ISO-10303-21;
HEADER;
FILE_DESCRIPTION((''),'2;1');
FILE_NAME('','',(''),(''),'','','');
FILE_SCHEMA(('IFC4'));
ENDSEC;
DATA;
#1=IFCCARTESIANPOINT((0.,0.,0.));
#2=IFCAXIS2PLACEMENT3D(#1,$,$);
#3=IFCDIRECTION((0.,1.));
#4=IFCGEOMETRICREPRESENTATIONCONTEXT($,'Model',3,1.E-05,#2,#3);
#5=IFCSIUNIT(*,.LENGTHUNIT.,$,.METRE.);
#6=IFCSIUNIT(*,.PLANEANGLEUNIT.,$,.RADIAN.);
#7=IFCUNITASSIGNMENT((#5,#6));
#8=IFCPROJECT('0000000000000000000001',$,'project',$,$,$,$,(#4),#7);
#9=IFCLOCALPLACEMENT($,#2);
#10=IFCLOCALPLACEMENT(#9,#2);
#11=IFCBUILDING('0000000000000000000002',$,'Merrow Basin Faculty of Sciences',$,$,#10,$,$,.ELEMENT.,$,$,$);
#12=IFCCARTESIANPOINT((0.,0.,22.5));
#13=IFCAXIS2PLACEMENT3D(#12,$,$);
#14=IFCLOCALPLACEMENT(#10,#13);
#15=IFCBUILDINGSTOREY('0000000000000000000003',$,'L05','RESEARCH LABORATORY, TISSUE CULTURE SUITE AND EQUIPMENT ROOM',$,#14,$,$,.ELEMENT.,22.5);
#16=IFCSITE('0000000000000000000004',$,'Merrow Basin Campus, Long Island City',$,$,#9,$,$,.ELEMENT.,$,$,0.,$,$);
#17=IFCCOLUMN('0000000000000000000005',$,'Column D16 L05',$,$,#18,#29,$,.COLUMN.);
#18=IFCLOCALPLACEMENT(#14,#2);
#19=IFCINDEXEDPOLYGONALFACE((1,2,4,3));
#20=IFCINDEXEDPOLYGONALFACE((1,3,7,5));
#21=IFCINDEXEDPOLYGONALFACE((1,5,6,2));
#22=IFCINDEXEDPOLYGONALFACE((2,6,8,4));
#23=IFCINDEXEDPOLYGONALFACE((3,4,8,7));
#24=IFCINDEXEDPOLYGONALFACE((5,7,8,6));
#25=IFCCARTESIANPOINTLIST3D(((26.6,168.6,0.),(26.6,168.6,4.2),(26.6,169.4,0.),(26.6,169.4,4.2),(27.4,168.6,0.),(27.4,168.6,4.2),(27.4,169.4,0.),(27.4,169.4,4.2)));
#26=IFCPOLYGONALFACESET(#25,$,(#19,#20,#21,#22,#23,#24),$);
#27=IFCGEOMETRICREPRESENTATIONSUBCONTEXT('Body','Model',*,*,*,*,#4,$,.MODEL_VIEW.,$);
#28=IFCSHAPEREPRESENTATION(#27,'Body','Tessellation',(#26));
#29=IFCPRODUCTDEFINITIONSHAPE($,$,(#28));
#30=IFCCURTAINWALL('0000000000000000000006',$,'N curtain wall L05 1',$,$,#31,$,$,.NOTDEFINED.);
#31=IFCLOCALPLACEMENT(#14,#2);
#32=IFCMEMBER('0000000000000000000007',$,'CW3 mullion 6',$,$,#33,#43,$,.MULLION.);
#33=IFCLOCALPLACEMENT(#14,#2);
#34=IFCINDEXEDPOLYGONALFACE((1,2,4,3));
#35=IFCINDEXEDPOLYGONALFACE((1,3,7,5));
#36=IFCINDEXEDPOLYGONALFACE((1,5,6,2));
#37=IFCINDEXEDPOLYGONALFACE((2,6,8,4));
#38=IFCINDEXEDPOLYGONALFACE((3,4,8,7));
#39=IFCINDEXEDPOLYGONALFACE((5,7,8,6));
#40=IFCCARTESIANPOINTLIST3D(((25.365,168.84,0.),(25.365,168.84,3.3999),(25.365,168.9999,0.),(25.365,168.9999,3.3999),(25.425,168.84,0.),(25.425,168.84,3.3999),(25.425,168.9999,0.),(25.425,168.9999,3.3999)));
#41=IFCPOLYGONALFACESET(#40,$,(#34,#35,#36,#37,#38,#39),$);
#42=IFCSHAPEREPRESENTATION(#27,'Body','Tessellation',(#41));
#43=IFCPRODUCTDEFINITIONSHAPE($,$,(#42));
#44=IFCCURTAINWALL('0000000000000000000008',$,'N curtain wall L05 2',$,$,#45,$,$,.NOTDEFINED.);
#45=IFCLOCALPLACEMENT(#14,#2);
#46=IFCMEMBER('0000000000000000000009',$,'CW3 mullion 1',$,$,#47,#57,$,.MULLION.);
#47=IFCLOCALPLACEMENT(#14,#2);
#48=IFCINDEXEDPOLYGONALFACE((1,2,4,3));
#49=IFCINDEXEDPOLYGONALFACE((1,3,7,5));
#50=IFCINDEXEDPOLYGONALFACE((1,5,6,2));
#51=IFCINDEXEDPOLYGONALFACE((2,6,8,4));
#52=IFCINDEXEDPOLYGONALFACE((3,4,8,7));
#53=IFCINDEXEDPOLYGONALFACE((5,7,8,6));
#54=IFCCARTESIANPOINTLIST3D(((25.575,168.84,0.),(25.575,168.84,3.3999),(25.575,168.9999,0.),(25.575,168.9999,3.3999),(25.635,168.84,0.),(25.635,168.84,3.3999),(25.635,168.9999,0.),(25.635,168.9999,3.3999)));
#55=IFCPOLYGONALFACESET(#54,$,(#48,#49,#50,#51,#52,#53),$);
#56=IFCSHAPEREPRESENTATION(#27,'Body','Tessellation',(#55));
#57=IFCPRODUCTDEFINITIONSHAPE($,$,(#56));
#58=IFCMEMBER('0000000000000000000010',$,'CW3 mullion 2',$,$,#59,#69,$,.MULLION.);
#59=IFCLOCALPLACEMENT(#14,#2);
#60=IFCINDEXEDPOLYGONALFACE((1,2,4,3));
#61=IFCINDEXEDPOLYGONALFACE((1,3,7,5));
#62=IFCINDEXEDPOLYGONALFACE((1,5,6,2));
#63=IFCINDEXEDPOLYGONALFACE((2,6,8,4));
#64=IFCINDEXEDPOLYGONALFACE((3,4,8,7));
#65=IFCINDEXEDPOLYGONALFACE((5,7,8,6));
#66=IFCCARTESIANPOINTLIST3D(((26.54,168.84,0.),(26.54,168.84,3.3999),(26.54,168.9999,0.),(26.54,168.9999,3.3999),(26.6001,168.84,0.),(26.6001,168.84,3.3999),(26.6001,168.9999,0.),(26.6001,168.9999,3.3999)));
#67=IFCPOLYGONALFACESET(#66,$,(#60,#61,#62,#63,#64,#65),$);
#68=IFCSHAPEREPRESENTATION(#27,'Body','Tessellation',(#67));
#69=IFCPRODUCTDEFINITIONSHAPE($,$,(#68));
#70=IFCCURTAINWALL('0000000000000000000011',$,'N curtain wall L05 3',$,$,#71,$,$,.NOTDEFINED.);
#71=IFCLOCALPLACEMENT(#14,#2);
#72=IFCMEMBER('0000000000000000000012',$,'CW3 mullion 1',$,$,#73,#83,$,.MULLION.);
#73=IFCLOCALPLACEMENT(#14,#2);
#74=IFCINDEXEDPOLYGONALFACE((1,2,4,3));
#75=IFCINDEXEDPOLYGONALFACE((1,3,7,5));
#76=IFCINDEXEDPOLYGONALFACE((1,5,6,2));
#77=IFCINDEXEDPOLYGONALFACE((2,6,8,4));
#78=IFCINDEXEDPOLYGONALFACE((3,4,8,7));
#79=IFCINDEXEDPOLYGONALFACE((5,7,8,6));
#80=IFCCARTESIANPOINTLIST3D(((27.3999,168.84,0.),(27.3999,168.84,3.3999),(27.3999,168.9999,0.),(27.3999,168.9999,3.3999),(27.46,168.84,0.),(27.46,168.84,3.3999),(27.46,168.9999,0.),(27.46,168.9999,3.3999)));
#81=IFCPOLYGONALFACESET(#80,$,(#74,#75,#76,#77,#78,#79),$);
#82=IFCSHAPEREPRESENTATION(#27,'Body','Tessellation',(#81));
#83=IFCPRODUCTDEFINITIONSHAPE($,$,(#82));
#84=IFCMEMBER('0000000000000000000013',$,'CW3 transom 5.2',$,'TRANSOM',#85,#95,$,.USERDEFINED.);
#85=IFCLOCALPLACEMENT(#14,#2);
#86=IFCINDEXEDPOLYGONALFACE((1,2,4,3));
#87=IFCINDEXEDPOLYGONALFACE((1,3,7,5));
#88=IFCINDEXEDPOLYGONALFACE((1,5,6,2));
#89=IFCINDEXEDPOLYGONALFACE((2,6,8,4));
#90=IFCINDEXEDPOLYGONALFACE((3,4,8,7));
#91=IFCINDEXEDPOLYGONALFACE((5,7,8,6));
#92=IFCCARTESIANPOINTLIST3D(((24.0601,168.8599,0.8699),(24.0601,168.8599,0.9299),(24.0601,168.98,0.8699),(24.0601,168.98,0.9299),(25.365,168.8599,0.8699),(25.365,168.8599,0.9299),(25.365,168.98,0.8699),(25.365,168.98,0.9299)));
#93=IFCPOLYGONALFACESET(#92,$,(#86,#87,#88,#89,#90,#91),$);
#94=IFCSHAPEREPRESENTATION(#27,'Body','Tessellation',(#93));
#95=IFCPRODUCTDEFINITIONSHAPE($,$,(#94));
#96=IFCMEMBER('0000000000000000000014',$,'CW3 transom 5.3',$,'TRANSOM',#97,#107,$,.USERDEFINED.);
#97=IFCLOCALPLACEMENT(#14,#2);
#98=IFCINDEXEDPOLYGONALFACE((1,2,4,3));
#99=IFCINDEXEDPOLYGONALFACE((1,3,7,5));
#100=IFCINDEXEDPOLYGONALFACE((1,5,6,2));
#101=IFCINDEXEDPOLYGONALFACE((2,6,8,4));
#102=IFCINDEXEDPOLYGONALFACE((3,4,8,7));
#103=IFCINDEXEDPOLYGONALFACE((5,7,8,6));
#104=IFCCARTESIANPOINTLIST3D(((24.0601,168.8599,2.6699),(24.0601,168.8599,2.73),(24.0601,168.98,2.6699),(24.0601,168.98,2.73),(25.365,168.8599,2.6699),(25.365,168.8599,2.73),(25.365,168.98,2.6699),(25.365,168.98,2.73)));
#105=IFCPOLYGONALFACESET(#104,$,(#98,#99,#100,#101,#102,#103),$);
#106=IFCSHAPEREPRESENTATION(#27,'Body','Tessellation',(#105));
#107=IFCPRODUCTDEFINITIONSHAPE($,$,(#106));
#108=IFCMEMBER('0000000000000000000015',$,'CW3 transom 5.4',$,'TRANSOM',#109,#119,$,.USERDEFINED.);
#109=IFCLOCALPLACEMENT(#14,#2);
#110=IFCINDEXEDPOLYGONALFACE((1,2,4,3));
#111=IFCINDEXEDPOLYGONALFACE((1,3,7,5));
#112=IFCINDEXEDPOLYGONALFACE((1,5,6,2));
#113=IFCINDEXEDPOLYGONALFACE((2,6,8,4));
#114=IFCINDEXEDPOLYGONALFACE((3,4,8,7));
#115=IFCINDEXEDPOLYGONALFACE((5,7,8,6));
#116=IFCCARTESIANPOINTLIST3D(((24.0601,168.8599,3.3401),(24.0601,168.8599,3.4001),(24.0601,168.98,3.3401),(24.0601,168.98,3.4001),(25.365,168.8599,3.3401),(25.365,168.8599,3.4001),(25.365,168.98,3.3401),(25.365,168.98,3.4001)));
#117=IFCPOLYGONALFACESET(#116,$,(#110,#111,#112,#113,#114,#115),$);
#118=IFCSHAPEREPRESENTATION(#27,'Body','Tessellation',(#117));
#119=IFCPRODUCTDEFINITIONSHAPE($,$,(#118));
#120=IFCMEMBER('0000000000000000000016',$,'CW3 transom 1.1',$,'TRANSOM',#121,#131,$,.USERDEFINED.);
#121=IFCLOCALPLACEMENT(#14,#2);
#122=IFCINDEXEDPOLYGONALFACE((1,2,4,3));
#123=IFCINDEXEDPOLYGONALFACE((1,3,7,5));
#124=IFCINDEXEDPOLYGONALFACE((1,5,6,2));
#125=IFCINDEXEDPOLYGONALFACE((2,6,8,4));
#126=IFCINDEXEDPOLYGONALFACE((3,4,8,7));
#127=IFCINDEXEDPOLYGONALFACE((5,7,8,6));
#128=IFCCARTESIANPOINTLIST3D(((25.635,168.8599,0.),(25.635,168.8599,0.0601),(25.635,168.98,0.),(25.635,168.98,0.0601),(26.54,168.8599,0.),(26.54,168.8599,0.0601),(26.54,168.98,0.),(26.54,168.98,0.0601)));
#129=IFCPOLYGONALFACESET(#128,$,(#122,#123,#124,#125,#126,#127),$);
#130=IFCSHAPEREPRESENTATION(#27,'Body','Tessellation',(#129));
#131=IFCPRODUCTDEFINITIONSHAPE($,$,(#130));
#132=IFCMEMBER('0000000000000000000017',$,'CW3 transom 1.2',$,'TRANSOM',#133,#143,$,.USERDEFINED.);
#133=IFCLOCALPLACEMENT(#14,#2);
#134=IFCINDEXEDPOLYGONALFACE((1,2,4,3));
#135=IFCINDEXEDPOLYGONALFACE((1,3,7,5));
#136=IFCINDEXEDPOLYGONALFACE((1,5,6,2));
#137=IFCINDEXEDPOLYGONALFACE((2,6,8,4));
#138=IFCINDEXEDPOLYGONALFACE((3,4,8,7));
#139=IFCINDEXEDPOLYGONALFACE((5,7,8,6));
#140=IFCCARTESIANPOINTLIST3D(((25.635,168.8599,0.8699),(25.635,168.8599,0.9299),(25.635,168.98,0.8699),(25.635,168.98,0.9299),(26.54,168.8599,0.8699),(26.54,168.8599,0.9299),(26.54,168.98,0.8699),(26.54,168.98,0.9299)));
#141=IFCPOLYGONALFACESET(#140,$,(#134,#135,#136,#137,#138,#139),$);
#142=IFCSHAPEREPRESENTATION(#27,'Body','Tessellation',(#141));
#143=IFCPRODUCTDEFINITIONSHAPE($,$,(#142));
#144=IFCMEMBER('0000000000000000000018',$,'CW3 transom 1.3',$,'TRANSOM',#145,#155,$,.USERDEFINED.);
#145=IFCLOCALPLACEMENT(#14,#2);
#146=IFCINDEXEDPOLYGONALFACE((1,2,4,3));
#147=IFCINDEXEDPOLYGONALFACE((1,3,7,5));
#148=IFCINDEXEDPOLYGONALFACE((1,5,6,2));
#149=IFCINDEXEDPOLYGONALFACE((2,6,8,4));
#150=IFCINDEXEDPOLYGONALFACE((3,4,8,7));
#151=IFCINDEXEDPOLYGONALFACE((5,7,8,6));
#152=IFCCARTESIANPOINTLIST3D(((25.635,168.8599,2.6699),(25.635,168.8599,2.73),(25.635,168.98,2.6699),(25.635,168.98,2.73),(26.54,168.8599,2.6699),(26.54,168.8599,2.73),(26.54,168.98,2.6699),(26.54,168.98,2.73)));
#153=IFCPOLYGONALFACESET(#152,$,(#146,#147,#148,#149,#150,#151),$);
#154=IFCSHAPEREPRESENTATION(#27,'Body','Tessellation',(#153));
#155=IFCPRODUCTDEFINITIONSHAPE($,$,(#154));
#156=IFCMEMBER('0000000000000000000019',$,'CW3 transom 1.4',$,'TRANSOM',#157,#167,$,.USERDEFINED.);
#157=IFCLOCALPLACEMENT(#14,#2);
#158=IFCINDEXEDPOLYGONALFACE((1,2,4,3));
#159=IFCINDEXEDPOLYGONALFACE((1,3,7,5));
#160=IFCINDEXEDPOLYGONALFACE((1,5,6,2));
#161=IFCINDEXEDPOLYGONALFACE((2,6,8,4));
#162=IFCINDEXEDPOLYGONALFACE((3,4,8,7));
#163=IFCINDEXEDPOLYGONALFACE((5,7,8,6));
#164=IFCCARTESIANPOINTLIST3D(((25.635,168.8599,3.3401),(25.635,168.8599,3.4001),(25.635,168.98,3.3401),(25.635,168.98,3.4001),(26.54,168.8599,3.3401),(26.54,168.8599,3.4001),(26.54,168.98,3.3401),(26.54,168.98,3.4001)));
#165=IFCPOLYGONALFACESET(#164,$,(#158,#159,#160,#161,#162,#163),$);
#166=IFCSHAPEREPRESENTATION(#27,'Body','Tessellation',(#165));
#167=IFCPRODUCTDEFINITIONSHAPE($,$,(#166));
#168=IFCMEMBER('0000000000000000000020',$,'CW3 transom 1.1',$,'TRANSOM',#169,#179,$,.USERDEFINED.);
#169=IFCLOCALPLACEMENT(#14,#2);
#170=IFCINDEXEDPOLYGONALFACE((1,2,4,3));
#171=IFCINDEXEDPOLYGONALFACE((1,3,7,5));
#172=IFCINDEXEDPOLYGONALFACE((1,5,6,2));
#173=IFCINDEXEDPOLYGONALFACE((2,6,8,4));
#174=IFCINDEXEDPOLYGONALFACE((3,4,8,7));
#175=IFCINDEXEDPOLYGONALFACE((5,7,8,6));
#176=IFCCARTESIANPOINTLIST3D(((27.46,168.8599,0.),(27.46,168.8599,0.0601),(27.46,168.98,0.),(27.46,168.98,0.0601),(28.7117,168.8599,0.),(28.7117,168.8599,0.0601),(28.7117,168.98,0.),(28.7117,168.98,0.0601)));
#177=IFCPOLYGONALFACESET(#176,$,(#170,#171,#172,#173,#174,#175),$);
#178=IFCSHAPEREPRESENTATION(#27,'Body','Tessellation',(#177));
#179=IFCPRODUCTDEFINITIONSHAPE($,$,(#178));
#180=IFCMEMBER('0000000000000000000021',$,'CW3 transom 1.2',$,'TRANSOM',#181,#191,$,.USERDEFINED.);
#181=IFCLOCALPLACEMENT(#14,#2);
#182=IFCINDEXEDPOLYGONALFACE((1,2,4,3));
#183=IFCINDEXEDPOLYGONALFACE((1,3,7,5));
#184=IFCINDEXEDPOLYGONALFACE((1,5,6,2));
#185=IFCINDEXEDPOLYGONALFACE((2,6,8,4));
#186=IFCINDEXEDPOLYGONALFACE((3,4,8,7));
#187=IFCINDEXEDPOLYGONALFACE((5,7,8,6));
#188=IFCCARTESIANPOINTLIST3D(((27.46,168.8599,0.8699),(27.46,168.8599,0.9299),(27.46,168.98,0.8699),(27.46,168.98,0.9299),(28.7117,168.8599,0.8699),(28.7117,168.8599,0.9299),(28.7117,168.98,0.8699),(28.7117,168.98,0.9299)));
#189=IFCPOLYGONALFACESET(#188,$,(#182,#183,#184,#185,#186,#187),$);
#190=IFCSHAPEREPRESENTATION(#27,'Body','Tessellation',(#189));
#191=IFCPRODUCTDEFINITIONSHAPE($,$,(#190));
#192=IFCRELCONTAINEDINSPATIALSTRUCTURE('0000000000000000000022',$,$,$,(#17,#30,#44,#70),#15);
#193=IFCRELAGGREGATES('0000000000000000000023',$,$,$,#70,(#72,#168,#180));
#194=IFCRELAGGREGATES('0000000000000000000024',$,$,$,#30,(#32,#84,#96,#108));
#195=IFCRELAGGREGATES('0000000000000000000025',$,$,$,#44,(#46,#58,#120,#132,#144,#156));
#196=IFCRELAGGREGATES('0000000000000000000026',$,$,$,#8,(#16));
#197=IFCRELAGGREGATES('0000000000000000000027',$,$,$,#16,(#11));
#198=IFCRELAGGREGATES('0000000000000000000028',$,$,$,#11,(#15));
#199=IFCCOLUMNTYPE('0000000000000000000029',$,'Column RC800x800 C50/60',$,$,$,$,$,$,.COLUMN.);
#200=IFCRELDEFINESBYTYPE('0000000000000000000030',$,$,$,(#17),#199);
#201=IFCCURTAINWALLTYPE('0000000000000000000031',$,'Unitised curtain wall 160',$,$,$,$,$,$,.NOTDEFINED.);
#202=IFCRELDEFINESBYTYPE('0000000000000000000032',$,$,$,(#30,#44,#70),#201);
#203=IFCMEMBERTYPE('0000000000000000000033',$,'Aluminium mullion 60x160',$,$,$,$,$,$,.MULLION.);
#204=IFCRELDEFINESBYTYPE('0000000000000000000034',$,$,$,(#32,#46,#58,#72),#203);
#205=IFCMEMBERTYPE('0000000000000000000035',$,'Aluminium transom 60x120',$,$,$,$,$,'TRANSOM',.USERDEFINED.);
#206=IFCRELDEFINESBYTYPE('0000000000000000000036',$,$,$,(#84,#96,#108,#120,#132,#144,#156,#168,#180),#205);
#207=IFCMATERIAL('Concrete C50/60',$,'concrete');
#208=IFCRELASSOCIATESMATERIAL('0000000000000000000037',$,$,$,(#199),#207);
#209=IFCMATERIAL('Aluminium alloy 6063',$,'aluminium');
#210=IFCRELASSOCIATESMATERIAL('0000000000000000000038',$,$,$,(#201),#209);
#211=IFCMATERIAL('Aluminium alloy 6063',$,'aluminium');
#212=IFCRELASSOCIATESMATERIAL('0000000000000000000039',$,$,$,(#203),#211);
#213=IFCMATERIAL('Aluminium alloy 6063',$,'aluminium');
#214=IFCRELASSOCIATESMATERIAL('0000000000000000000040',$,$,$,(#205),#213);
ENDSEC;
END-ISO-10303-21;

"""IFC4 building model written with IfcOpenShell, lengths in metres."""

from ifc_helpers import new_model, si_unit, direction, frame, origin, origin_2d, place, context, subcontext, project, spatial, rectangle, extrude, material, material_profile, profile_set, type_object, element, aggregate, save


model = new_model("IFC4")

# Units and contexts
model_context = context("Model", 3, precision=1e-05, world=origin(), true_north=direction((0.0, 1.0)))
body_context = subcontext(model_context, "Body", "Model", "MODEL_VIEW")
ifc_project = project(units=[si_unit("LENGTHUNIT", "METRE"), si_unit("PLANEANGLEUNIT", "RADIAN")], contexts=[model_context])

# Site, building, storey
site_placement = place(None, origin())
site = spatial("IfcSite", under=ifc_project, at=site_placement, Name="Merrow Basin Campus, Long Island City", CompositionType="ELEMENT", RefElevation=0.0)
building_placement = place(site_placement, origin())
building = spatial("IfcBuilding", under=site, at=building_placement, Name="Merrow Basin Faculty of Sciences", CompositionType="ELEMENT")
storey_placement = place(building_placement, frame((0.0, 0.0, 22.5)))
storey = spatial("IfcBuildingStorey", under=building, at=storey_placement, Name="L05", Description="RESEARCH LABORATORY, TISSUE CULTURE SUITE AND EQUIPMENT ROOM", CompositionType="ELEMENT", Elevation=22.5)

# Column
ifc_material_1 = material(Name="Concrete C50/60", Category="concrete")
ifc_material_profile_1 = material_profile(ifc_material_1, rectangle(XDim=0.8, YDim=0.8, at=origin_2d()))
ifc_profile_set_1 = profile_set([ifc_material_profile_1], Name="Concrete C50/60")
column_type = type_object("IfcColumnType", Name="Column RC800x800 C50/60", PredefinedType="COLUMN", material=ifc_profile_set_1)
column_placement = place(storey_placement, frame((27.0, 169.0, 0.0), z_axis=(0.0, 0.0, 1.0), x_axis=(1.0, 0.0, 0.0)))
element("IfcColumn", 1, at=column_placement, inside=storey, type_object=column_type, Name="Column D16 L05", PredefinedType="COLUMN", context=body_context, shape_type="SweptSolid", body=[
    extrude(rectangle(XDim=0.8, YDim=0.8, at=origin_2d()), origin(), (0.0, 0.0, 1.0), 4.2),
])

# Curtain wall, member
ifc_material_2 = material(Name="Aluminium alloy 6063", Category="aluminium")
curtain_wall_type = type_object("IfcCurtainWallType", Name="Unitised curtain wall 160", PredefinedType="NOTDEFINED", material=ifc_material_2)
curtain_wall_1_placement = place(storey_placement, origin())
curtain_wall_1 = element("IfcCurtainWall", 2, at=curtain_wall_1_placement, inside=storey, type_object=curtain_wall_type, Name="N curtain wall L05 1", PredefinedType="NOTDEFINED")
ifc_material_3 = material(Name="Aluminium alloy 6063", Category="aluminium")
ifc_material_profile_2 = material_profile(ifc_material_3, rectangle(XDim=0.1599, YDim=0.0601, at=origin_2d()))
ifc_profile_set_2 = profile_set([ifc_material_profile_2], Name="Aluminium alloy 6063")
member_type_1 = type_object("IfcMemberType", Name="Aluminium mullion 60x160", PredefinedType="MULLION", material=ifc_profile_set_2)
member_1_placement = place(storey_placement, frame((25.395, 168.9199, 0.0), z_axis=(0.0, 0.0, 1.0), x_axis=(0.0, 1.0, 0.0)))
member_1 = element("IfcMember", 3, at=member_1_placement, type_object=member_type_1, Name="CW3 mullion 6", PredefinedType="MULLION", context=body_context, shape_type="SweptSolid", body=[
    extrude(rectangle(XDim=0.1599, YDim=0.0601, at=origin_2d()), origin(), (0.0, 0.0, 1.0), 3.3999),
])

# Curtain wall, members
curtain_wall_2_placement = place(storey_placement, origin())
curtain_wall_2 = element("IfcCurtainWall", 4, at=curtain_wall_2_placement, inside=storey, type_object=curtain_wall_type, Name="N curtain wall L05 2", PredefinedType="NOTDEFINED")
member_2_placement = place(storey_placement, frame((25.605, 168.9199, 0.0), z_axis=(0.0, 0.0, 1.0), x_axis=(0.0, 1.0, 0.0)))
member_2 = element("IfcMember", 5, at=member_2_placement, type_object=member_type_1, Name="CW3 mullion 1", PredefinedType="MULLION", context=body_context, shape_type="SweptSolid", body=[
    extrude(rectangle(XDim=0.1599, YDim=0.0601, at=origin_2d()), origin(), (0.0, 0.0, 1.0), 3.3999),
])
member_3_placement = place(storey_placement, frame((26.5701, 168.9199, 0.0), z_axis=(0.0, 0.0, 1.0), x_axis=(0.0, 1.0, 0.0)))
member_3 = element("IfcMember", 6, at=member_3_placement, type_object=member_type_1, Name="CW3 mullion 2", PredefinedType="MULLION", context=body_context, shape_type="SweptSolid", body=[
    extrude(rectangle(XDim=0.1599, YDim=0.0601, at=origin_2d()), origin(), (0.0, 0.0, 1.0), 3.3999),
])

# Curtain wall, member
curtain_wall_3_placement = place(storey_placement, origin())
curtain_wall_3 = element("IfcCurtainWall", 7, at=curtain_wall_3_placement, inside=storey, type_object=curtain_wall_type, Name="N curtain wall L05 3", PredefinedType="NOTDEFINED")
member_4_placement = place(storey_placement, frame((27.4299, 168.9199, 0.0), z_axis=(0.0, 0.0, 1.0), x_axis=(0.0, 1.0, 0.0)))
member_4 = element("IfcMember", 8, at=member_4_placement, type_object=member_type_1, Name="CW3 mullion 1", PredefinedType="MULLION", context=body_context, shape_type="SweptSolid", body=[
    extrude(rectangle(XDim=0.1599, YDim=0.0601, at=origin_2d()), origin(), (0.0, 0.0, 1.0), 3.3999),
])

# Members
ifc_material_4 = material(Name="Aluminium alloy 6063", Category="aluminium")
ifc_material_profile_3 = material_profile(ifc_material_4, rectangle(XDim=0.1201, YDim=0.0601, at=origin_2d()))
ifc_profile_set_3 = profile_set([ifc_material_profile_3], Name="Aluminium alloy 6063")
member_type_2 = type_object("IfcMemberType", Name="Aluminium transom 60x120", ElementType="TRANSOM", PredefinedType="USERDEFINED", material=ifc_profile_set_3)
member_5_placement = place(storey_placement, frame((24.0601, 168.9199, 0.8999), z_axis=(1.0, 0.0, 0.0), x_axis=(0.0, 1.0, 0.0)))
member_5 = element("IfcMember", 9, at=member_5_placement, type_object=member_type_2, Name="CW3 transom 5.2", ObjectType="TRANSOM", PredefinedType="USERDEFINED", context=body_context, shape_type="SweptSolid", body=[
    extrude(rectangle(XDim=0.1201, YDim=0.0601, at=origin_2d()), origin(), (0.0, 0.0, 1.0), 1.3049),
])
member_6_placement = place(storey_placement, frame((24.0601, 168.9199, 2.7), z_axis=(1.0, 0.0, 0.0), x_axis=(0.0, 1.0, 0.0)))
member_6 = element("IfcMember", 10, at=member_6_placement, type_object=member_type_2, Name="CW3 transom 5.3", ObjectType="TRANSOM", PredefinedType="USERDEFINED", context=body_context, shape_type="SweptSolid", body=[
    extrude(rectangle(XDim=0.1201, YDim=0.0601, at=origin_2d()), origin(), (0.0, 0.0, 1.0), 1.3049),
])
member_7_placement = place(storey_placement, frame((24.0601, 168.9199, 3.3701), z_axis=(1.0, 0.0, 0.0), x_axis=(0.0, 1.0, 0.0)))
member_7 = element("IfcMember", 11, at=member_7_placement, type_object=member_type_2, Name="CW3 transom 5.4", ObjectType="TRANSOM", PredefinedType="USERDEFINED", context=body_context, shape_type="SweptSolid", body=[
    extrude(rectangle(XDim=0.1201, YDim=0.0601, at=origin_2d()), origin(), (0.0, 0.0, 1.0), 1.3049),
])
member_8_placement = place(storey_placement, frame((25.635, 168.9199, 0.03), z_axis=(1.0, 0.0, 0.0), x_axis=(0.0, 1.0, 0.0)))
member_8 = element("IfcMember", 12, at=member_8_placement, type_object=member_type_2, Name="CW3 transom 1.1", ObjectType="TRANSOM", PredefinedType="USERDEFINED", context=body_context, shape_type="SweptSolid", body=[
    extrude(rectangle(XDim=0.1201, YDim=0.0601, at=origin_2d()), origin(), (0.0, 0.0, 1.0), 0.905),
])
member_9_placement = place(storey_placement, frame((25.635, 168.9199, 0.8999), z_axis=(1.0, 0.0, 0.0), x_axis=(0.0, 1.0, 0.0)))
member_9 = element("IfcMember", 13, at=member_9_placement, type_object=member_type_2, Name="CW3 transom 1.2", ObjectType="TRANSOM", PredefinedType="USERDEFINED", context=body_context, shape_type="SweptSolid", body=[
    extrude(rectangle(XDim=0.1201, YDim=0.0601, at=origin_2d()), origin(), (0.0, 0.0, 1.0), 0.905),
])
member_10_placement = place(storey_placement, frame((25.635, 168.9199, 2.7), z_axis=(1.0, 0.0, 0.0), x_axis=(0.0, 1.0, 0.0)))
member_10 = element("IfcMember", 14, at=member_10_placement, type_object=member_type_2, Name="CW3 transom 1.3", ObjectType="TRANSOM", PredefinedType="USERDEFINED", context=body_context, shape_type="SweptSolid", body=[
    extrude(rectangle(XDim=0.1201, YDim=0.0601, at=origin_2d()), origin(), (0.0, 0.0, 1.0), 0.905),
])
member_11_placement = place(storey_placement, frame((25.635, 168.9199, 3.3701), z_axis=(1.0, 0.0, 0.0), x_axis=(0.0, 1.0, 0.0)))
member_11 = element("IfcMember", 15, at=member_11_placement, type_object=member_type_2, Name="CW3 transom 1.4", ObjectType="TRANSOM", PredefinedType="USERDEFINED", context=body_context, shape_type="SweptSolid", body=[
    extrude(rectangle(XDim=0.1201, YDim=0.0601, at=origin_2d()), origin(), (0.0, 0.0, 1.0), 0.905),
])
member_12_placement = place(storey_placement, frame((27.46, 168.9199, 0.03), z_axis=(1.0, 0.0, 0.0), x_axis=(0.0, 1.0, 0.0)))
member_12 = element("IfcMember", 16, at=member_12_placement, type_object=member_type_2, Name="CW3 transom 1.1", ObjectType="TRANSOM", PredefinedType="USERDEFINED", context=body_context, shape_type="SweptSolid", body=[
    extrude(rectangle(XDim=0.1201, YDim=0.0601, at=origin_2d()), origin(), (0.0, 0.0, 1.0), 1.2517),
])
member_13_placement = place(storey_placement, frame((27.46, 168.9199, 0.8999), z_axis=(1.0, 0.0, 0.0), x_axis=(0.0, 1.0, 0.0)))
member_13 = element("IfcMember", 17, at=member_13_placement, type_object=member_type_2, Name="CW3 transom 1.2", ObjectType="TRANSOM", PredefinedType="USERDEFINED", context=body_context, shape_type="SweptSolid", body=[
    extrude(rectangle(XDim=0.1201, YDim=0.0601, at=origin_2d()), origin(), (0.0, 0.0, 1.0), 1.2517),
])
aggregate(curtain_wall_3, [member_4, member_12, member_13])

aggregate(curtain_wall_1, [member_1, member_5, member_6, member_7])
aggregate(curtain_wall_2, [member_2, member_3, member_8, member_9, member_10, member_11])

save(model, "model.ifc")
